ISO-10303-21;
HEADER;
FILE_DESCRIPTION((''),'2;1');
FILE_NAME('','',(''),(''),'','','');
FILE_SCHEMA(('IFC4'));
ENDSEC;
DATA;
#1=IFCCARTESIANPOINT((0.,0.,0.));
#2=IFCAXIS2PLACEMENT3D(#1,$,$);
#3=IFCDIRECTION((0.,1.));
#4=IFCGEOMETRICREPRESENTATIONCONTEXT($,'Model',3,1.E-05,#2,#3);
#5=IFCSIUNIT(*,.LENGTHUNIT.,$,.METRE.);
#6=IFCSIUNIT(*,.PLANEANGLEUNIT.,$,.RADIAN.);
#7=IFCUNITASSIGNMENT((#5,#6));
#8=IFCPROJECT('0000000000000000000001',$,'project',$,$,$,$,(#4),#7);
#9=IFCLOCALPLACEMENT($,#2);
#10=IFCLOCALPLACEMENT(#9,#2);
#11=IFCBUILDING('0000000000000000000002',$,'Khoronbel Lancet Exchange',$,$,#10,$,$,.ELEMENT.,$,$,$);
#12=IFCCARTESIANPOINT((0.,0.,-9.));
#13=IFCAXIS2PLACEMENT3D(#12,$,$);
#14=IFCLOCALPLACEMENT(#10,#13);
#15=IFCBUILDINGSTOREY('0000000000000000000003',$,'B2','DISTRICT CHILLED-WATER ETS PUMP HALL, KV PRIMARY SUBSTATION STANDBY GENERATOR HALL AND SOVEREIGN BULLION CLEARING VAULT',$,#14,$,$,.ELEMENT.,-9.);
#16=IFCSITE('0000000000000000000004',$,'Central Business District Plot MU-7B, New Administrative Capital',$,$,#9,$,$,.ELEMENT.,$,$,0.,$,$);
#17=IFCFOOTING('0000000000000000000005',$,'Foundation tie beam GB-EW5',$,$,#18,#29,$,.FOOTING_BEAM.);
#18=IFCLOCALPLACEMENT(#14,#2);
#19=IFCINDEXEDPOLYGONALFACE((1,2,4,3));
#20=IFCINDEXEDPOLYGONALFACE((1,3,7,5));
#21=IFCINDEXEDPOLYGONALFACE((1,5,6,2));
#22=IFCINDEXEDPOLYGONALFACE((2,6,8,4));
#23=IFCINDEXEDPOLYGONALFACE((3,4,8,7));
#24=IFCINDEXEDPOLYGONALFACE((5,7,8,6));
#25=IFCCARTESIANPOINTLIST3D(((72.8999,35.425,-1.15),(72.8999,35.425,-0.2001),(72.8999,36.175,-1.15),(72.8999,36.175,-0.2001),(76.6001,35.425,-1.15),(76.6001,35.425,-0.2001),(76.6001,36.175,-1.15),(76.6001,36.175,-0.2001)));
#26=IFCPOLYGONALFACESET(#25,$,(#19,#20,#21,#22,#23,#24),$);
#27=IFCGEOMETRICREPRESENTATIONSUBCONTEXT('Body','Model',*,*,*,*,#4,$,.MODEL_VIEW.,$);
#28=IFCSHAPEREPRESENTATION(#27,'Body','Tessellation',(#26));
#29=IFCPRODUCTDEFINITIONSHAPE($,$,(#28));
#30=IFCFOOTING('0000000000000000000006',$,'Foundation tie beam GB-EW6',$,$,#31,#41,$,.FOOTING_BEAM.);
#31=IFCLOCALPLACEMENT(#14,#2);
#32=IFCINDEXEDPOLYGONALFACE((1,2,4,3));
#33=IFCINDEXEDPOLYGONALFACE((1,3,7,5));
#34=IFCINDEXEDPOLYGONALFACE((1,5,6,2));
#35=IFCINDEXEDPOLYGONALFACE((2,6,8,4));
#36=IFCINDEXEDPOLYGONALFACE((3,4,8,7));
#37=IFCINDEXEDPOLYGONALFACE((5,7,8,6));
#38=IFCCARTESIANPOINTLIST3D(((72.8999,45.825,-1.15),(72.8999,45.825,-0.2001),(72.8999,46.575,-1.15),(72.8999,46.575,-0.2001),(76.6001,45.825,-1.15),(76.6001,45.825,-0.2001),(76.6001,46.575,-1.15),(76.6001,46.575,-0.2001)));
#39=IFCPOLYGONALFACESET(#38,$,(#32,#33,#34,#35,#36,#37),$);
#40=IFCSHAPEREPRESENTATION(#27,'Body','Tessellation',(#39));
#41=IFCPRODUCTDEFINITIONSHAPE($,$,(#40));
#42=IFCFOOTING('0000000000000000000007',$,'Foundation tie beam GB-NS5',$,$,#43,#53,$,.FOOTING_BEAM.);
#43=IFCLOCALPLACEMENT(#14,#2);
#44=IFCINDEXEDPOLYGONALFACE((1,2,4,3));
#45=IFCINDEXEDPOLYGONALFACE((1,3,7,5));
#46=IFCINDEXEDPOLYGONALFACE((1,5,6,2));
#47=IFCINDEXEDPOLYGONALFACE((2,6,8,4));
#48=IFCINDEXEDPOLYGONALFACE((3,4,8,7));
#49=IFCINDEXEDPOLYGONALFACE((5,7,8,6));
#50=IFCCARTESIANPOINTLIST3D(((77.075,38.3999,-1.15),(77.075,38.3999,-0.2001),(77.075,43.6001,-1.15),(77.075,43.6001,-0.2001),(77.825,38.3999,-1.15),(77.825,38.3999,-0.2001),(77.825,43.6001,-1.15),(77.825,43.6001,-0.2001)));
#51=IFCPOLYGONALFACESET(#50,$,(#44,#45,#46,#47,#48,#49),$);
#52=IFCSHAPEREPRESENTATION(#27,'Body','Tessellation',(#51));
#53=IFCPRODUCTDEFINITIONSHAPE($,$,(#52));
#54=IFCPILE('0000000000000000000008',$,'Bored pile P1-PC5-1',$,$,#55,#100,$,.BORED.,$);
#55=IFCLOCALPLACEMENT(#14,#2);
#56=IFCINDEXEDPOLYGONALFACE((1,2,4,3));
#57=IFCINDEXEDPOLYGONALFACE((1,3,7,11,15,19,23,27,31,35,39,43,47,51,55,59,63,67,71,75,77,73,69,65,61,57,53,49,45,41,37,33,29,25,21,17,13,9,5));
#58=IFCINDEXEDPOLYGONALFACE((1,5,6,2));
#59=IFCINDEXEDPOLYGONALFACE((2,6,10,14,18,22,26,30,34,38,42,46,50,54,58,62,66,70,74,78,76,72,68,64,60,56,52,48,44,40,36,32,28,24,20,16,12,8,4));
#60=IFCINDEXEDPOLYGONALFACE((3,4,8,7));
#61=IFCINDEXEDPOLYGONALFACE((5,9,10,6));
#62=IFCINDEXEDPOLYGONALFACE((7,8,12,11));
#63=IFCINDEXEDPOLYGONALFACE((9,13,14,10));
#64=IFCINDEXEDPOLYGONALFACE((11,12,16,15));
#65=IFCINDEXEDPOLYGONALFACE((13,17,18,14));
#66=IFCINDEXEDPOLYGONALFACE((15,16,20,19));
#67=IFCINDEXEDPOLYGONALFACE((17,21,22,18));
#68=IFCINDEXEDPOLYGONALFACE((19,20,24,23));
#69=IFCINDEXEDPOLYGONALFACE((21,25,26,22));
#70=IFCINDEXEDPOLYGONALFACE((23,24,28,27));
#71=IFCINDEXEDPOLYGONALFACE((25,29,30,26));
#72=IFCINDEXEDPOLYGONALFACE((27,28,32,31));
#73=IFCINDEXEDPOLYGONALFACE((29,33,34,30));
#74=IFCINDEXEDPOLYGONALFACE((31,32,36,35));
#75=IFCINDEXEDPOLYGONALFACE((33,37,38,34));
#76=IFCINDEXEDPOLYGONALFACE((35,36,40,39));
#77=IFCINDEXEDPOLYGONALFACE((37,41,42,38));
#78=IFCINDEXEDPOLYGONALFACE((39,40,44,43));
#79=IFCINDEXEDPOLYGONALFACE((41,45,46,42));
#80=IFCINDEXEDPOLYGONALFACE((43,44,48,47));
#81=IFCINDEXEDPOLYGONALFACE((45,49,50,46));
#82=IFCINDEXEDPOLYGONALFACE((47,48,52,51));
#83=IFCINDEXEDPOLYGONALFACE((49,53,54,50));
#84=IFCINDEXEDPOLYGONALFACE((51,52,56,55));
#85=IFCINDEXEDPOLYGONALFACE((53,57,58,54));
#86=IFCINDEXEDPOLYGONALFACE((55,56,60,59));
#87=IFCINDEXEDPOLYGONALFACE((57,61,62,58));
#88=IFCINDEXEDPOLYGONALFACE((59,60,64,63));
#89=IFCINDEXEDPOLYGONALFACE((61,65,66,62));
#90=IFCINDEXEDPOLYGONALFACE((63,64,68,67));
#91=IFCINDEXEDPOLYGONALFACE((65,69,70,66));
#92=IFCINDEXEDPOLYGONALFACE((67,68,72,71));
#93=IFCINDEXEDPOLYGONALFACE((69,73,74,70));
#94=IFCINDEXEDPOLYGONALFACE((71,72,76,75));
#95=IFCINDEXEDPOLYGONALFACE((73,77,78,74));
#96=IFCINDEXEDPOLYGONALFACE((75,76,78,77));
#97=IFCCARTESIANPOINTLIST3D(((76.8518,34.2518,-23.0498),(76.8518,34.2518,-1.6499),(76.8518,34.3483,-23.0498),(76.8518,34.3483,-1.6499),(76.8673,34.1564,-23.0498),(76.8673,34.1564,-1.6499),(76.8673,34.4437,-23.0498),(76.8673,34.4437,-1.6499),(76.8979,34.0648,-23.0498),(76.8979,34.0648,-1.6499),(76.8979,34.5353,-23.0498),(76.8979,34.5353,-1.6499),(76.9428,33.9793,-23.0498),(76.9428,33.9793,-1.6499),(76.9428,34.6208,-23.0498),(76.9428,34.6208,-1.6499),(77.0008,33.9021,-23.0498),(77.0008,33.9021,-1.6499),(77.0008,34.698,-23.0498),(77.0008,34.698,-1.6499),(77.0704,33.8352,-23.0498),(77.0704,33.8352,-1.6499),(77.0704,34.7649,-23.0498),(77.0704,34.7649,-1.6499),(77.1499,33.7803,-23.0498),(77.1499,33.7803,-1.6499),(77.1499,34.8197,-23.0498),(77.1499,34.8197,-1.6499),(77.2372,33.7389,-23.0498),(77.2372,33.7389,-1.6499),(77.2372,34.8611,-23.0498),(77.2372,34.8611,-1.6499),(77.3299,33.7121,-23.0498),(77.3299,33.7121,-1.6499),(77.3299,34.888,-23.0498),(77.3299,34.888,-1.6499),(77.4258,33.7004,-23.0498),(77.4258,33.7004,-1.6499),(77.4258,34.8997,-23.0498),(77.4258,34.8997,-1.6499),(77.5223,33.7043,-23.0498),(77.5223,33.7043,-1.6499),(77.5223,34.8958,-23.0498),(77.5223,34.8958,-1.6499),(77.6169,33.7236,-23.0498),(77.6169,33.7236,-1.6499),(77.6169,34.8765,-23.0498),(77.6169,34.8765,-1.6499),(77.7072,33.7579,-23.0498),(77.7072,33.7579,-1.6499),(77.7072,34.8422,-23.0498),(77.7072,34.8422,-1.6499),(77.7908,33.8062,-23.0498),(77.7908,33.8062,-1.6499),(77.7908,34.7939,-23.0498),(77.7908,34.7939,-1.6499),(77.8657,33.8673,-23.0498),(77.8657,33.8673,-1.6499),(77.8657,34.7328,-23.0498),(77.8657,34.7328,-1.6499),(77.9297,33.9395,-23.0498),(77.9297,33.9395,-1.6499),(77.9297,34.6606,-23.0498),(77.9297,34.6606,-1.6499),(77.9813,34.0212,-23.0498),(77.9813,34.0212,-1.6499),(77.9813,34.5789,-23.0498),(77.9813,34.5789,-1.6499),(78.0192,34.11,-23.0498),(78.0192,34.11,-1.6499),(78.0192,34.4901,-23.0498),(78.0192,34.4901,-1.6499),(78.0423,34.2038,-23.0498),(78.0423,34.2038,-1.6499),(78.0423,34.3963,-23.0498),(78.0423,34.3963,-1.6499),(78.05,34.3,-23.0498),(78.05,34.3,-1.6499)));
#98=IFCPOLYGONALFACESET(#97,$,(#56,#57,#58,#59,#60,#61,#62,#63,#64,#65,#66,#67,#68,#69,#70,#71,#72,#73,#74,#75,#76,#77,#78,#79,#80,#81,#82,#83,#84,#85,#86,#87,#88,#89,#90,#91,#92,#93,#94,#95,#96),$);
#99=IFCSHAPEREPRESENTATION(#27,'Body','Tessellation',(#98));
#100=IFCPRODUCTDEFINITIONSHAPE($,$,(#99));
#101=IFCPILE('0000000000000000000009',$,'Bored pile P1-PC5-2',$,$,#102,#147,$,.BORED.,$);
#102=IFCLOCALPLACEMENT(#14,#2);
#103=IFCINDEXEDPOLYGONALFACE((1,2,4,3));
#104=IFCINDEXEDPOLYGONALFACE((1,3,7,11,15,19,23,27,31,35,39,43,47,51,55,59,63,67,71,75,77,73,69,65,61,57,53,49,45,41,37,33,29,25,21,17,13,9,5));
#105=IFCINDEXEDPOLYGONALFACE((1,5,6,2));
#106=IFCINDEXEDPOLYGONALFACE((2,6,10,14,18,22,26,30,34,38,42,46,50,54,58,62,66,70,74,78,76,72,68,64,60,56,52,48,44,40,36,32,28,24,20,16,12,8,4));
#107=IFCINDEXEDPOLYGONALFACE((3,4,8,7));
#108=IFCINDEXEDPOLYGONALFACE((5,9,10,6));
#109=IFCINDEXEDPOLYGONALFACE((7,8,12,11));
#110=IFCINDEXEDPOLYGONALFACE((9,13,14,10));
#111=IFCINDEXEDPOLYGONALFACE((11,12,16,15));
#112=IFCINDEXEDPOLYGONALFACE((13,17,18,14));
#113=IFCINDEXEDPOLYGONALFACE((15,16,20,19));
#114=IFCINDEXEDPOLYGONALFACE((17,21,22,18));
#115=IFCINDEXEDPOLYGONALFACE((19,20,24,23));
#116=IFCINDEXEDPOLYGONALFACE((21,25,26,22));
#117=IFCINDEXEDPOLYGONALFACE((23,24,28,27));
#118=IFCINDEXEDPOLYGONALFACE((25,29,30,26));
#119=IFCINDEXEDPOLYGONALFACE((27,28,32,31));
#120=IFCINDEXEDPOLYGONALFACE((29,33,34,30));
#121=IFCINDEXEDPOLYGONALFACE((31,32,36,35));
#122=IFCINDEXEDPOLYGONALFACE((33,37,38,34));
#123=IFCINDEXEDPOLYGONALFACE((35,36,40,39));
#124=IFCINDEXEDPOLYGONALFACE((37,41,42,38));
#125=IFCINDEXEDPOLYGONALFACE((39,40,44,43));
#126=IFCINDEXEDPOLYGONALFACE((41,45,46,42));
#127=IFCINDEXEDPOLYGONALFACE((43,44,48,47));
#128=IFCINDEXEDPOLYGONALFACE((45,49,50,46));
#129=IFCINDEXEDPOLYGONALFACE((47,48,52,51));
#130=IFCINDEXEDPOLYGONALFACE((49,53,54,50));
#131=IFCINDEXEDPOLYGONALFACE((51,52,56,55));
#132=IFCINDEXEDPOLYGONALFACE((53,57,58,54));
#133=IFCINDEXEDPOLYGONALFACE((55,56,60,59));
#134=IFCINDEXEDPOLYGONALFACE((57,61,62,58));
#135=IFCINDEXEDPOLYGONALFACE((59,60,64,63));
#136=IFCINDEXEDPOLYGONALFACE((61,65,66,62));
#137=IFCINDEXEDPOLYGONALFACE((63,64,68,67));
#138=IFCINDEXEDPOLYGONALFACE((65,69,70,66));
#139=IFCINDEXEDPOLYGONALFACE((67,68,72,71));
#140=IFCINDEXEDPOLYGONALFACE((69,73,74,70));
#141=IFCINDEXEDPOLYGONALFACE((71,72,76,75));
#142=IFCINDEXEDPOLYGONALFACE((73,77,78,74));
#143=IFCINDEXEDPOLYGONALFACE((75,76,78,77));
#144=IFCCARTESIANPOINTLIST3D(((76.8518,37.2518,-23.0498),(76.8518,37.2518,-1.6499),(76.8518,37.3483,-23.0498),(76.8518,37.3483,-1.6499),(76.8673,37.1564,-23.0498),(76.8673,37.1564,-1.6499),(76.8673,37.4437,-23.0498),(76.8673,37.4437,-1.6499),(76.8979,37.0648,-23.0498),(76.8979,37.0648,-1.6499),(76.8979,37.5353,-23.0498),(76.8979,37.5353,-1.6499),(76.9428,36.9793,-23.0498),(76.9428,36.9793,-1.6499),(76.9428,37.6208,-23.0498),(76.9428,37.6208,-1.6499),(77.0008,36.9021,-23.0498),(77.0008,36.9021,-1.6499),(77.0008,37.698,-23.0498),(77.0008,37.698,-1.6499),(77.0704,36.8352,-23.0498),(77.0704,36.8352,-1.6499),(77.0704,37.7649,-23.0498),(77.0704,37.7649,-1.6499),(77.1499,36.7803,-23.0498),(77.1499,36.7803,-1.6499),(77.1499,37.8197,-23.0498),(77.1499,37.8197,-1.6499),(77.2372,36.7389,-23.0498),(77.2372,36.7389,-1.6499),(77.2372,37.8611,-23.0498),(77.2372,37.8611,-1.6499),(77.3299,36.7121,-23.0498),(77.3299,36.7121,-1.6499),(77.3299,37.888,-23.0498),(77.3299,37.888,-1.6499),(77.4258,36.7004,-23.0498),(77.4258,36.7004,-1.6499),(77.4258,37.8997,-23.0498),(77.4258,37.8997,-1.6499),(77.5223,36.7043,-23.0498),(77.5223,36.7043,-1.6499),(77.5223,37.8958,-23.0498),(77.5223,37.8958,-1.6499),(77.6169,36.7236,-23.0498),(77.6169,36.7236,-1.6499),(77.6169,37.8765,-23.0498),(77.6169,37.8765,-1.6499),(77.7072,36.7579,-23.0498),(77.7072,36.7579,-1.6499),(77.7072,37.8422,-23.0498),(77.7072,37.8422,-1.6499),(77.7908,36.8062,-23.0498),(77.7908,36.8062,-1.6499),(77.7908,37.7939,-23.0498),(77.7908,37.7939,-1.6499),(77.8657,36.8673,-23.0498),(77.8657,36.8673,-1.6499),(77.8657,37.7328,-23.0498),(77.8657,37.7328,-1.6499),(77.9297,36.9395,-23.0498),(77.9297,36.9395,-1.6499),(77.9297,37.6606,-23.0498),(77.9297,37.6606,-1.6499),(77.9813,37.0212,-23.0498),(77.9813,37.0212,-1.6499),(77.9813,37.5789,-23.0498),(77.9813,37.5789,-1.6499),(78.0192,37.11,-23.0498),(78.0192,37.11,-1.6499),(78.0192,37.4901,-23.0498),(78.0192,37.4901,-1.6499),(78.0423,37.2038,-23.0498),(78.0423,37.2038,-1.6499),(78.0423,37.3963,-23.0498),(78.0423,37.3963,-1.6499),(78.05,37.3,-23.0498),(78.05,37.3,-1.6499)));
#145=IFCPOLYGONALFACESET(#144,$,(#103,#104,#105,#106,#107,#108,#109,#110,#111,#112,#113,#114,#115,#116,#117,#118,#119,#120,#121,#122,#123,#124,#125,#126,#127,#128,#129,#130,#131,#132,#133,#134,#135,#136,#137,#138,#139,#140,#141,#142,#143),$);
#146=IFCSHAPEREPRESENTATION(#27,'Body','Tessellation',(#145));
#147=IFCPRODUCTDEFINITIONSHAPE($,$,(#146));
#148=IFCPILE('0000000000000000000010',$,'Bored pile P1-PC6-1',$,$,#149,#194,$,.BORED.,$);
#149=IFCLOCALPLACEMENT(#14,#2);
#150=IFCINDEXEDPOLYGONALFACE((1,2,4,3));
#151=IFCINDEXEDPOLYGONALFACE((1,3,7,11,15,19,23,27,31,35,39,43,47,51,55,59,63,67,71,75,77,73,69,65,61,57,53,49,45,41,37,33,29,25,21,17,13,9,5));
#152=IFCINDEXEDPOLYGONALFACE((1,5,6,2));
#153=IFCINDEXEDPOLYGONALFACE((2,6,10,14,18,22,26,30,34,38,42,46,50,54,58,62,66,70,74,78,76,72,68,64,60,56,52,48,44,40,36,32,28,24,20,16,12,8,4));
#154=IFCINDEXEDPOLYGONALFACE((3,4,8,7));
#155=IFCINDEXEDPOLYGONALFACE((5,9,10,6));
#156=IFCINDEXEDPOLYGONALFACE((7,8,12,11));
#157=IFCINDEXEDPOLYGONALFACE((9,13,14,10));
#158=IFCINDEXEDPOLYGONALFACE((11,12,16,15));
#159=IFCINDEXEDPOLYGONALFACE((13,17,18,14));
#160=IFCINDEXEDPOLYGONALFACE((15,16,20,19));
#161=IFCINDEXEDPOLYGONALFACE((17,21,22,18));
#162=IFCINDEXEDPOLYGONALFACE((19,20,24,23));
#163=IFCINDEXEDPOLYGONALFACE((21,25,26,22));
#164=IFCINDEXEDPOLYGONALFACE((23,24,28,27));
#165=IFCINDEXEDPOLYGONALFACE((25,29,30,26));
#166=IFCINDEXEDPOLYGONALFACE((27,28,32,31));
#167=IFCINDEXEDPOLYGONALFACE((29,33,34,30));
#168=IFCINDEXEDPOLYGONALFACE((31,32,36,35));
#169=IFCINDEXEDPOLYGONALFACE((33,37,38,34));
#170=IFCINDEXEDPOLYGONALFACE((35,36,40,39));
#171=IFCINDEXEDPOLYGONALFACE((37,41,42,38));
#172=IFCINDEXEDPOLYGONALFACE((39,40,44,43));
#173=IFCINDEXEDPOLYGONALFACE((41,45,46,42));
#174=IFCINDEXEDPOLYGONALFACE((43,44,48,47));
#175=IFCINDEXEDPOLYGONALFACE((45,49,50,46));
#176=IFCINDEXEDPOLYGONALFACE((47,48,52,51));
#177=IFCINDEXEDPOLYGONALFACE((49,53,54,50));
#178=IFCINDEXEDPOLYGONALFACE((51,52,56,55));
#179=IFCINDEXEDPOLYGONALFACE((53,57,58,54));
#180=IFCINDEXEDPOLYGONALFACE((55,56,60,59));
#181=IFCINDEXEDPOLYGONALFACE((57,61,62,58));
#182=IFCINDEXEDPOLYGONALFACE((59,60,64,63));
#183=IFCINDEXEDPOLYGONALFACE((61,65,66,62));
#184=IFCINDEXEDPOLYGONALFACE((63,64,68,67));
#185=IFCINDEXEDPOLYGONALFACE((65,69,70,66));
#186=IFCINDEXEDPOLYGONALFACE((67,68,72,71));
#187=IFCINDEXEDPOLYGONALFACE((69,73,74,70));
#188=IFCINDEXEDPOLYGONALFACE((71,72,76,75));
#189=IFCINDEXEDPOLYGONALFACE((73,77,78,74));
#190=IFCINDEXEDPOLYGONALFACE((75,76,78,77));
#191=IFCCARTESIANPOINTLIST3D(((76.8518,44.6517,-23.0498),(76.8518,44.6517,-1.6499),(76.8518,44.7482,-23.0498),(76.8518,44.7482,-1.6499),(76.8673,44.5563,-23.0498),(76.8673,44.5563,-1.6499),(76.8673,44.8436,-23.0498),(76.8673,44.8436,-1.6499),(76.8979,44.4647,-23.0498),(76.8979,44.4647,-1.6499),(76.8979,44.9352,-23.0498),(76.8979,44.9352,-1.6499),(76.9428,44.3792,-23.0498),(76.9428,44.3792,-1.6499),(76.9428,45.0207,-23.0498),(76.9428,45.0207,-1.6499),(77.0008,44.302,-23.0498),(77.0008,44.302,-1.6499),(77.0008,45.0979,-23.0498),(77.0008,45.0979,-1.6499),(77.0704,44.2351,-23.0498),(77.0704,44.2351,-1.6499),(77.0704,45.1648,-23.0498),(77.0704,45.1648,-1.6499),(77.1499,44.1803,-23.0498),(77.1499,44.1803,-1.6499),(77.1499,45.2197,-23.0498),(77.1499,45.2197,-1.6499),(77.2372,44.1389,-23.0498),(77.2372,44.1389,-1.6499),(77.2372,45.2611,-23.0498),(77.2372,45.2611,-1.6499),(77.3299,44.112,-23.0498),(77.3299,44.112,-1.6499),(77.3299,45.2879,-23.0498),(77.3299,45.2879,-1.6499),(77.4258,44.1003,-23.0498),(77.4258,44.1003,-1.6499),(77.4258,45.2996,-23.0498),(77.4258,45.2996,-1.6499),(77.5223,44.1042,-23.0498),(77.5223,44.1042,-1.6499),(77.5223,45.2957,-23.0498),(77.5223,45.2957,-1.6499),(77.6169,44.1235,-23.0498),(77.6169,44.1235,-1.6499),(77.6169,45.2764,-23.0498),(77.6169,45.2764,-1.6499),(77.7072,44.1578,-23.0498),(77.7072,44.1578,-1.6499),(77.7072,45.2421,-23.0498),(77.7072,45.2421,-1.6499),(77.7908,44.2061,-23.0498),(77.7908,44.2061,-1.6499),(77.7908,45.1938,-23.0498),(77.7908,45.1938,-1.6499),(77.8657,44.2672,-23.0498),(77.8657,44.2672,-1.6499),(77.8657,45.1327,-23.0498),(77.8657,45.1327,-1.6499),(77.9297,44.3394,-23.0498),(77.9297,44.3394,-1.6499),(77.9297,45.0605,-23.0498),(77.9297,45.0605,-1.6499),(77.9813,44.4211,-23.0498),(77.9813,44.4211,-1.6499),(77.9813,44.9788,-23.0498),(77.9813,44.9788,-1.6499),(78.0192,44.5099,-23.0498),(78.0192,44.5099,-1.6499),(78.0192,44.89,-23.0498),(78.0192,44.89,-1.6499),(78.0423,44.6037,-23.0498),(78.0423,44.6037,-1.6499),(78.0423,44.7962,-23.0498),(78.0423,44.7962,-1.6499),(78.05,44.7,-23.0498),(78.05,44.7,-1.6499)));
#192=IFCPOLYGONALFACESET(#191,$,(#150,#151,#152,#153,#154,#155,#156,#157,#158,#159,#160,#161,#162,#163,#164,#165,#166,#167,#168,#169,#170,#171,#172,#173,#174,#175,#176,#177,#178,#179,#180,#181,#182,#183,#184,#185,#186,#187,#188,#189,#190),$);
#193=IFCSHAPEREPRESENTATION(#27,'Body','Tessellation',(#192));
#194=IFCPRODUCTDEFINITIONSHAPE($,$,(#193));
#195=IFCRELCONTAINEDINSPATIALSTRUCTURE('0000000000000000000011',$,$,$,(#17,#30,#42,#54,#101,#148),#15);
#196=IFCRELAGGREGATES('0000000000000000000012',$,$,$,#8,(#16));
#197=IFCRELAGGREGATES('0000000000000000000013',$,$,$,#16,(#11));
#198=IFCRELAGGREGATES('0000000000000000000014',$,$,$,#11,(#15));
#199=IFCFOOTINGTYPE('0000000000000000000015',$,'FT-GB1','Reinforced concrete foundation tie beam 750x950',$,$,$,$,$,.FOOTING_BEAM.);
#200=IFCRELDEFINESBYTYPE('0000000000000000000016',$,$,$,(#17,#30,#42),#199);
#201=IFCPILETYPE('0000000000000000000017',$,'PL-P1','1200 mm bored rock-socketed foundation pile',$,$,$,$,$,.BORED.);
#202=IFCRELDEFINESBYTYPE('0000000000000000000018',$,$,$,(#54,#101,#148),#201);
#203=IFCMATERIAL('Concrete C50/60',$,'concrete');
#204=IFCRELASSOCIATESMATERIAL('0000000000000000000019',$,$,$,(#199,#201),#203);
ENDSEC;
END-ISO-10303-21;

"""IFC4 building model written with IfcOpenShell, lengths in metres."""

from ifc_helpers import new_model, si_unit, direction, frame, origin, origin_2d, place, context, subcontext, project, spatial, rectangle, circle, extrude, material, material_profile, profile_set, type_object, element, save


model = new_model("IFC4")

# Units and contexts
model_context = context("Model", 3, precision=1e-05, world=origin(), true_north=direction((0.0, 1.0)))
body_context = subcontext(model_context, "Body", "Model", "MODEL_VIEW")
ifc_project = project(units=[si_unit("LENGTHUNIT", "METRE"), si_unit("PLANEANGLEUNIT", "RADIAN")], contexts=[model_context])

# Site, building, storey
site_placement = place(None, origin())
site = spatial("IfcSite", under=ifc_project, at=site_placement, Name="Central Business District Plot MU-7B, New Administrative Capital", CompositionType="ELEMENT", RefElevation=0.0)
building_placement = place(site_placement, origin())
building = spatial("IfcBuilding", under=site, at=building_placement, Name="Khoronbel Lancet Exchange", CompositionType="ELEMENT")
storey_placement = place(building_placement, frame((0.0, 0.0, -9.0)))
storey = spatial("IfcBuildingStorey", under=building, at=storey_placement, Name="B2", Description="DISTRICT CHILLED-WATER ETS PUMP HALL, KV PRIMARY SUBSTATION STANDBY GENERATOR HALL AND SOVEREIGN BULLION CLEARING VAULT", CompositionType="ELEMENT", Elevation=-9.0)

# Footings
ifc_material_1 = material(Name="Concrete C50/60", Category="concrete")
ifc_material_profile_1 = material_profile(ifc_material_1, rectangle(XDim=0.75, YDim=0.95, at=origin_2d()), Name="RC 750x950")
ifc_profile_set_1 = profile_set([ifc_material_profile_1], Name="Concrete C50/60")
footing_type = type_object("IfcFootingType", Name="FT-GB1", Description="Reinforced concrete foundation tie beam 750x950", PredefinedType="FOOTING_BEAM", material=ifc_profile_set_1)
for number, where, z_axis, x_axis, name in (
    (1, (72.8999, 35.8, -0.675), (1.0, 0.0, 0.0), (0.0, 1.0, 0.0), "Foundation tie beam GB-EW5"),
    (2, (72.8999, 46.2, -0.675), (1.0, 0.0, 0.0), (0.0, 1.0, 0.0), "Foundation tie beam GB-EW6"),
):
    element("IfcFooting", number, at=place(storey_placement, frame(where, z_axis=z_axis, x_axis=x_axis)), inside=storey, type_object=footing_type, Name=name, PredefinedType="FOOTING_BEAM", context=body_context, shape_type="SweptSolid", body=[
        extrude(rectangle(XDim=0.75, YDim=0.95, at=origin_2d()), origin(), (0.0, 0.0, 1.0), 3.7002),
    ])
footing_placement = place(storey_placement, frame((77.45, 38.3999, -0.675), z_axis=(0.0, 1.0, 0.0), x_axis=(-1.0, 0.0, 0.0)))
element("IfcFooting", 3, at=footing_placement, inside=storey, type_object=footing_type, Name="Foundation tie beam GB-NS5", PredefinedType="FOOTING_BEAM", context=body_context, shape_type="SweptSolid", body=[
    extrude(rectangle(XDim=0.75, YDim=0.95, at=origin_2d()), origin(), (0.0, 0.0, 1.0), 5.2002),
])

# Piles
ifc_material_profile_2 = material_profile(ifc_material_1, circle(Radius=0.6001, at=origin_2d()), Name="BORED PILE D1200")
ifc_profile_set_2 = profile_set([ifc_material_profile_2], Name="Concrete C50/60")
pile_type_1 = type_object("IfcPileType", Name="PL-P1", Description="1200 mm bored rock-socketed foundation pile", PredefinedType="BORED", material=ifc_profile_set_2)
for number, where, z_axis, x_axis, name in (
    (4, (77.45, 34.3, -1.6499), (0.0, 0.0, -1.0), (1.0, 0.0, 0.0), "Bored pile P1-PC5-1"),
    (5, (77.45, 37.3, -1.6499), (0.0, 0.0, -1.0), (1.0, 0.0, 0.0), "Bored pile P1-PC5-2"),
    (6, (77.45, 44.7, -1.6499), (0.0, 0.0, -1.0), (1.0, 0.0, 0.0), "Bored pile P1-PC6-1"),
):
    element("IfcPile", number, at=place(storey_placement, frame(where, z_axis=z_axis, x_axis=x_axis)), inside=storey, type_object=pile_type_1, Name=name, PredefinedType="BORED", context=body_context, shape_type="SweptSolid", body=[
        extrude(circle(Radius=0.6001, at=origin_2d()), origin(), (0.0, 0.0, 1.0), 21.3999),
    ])

save(model, "model.ifc")
